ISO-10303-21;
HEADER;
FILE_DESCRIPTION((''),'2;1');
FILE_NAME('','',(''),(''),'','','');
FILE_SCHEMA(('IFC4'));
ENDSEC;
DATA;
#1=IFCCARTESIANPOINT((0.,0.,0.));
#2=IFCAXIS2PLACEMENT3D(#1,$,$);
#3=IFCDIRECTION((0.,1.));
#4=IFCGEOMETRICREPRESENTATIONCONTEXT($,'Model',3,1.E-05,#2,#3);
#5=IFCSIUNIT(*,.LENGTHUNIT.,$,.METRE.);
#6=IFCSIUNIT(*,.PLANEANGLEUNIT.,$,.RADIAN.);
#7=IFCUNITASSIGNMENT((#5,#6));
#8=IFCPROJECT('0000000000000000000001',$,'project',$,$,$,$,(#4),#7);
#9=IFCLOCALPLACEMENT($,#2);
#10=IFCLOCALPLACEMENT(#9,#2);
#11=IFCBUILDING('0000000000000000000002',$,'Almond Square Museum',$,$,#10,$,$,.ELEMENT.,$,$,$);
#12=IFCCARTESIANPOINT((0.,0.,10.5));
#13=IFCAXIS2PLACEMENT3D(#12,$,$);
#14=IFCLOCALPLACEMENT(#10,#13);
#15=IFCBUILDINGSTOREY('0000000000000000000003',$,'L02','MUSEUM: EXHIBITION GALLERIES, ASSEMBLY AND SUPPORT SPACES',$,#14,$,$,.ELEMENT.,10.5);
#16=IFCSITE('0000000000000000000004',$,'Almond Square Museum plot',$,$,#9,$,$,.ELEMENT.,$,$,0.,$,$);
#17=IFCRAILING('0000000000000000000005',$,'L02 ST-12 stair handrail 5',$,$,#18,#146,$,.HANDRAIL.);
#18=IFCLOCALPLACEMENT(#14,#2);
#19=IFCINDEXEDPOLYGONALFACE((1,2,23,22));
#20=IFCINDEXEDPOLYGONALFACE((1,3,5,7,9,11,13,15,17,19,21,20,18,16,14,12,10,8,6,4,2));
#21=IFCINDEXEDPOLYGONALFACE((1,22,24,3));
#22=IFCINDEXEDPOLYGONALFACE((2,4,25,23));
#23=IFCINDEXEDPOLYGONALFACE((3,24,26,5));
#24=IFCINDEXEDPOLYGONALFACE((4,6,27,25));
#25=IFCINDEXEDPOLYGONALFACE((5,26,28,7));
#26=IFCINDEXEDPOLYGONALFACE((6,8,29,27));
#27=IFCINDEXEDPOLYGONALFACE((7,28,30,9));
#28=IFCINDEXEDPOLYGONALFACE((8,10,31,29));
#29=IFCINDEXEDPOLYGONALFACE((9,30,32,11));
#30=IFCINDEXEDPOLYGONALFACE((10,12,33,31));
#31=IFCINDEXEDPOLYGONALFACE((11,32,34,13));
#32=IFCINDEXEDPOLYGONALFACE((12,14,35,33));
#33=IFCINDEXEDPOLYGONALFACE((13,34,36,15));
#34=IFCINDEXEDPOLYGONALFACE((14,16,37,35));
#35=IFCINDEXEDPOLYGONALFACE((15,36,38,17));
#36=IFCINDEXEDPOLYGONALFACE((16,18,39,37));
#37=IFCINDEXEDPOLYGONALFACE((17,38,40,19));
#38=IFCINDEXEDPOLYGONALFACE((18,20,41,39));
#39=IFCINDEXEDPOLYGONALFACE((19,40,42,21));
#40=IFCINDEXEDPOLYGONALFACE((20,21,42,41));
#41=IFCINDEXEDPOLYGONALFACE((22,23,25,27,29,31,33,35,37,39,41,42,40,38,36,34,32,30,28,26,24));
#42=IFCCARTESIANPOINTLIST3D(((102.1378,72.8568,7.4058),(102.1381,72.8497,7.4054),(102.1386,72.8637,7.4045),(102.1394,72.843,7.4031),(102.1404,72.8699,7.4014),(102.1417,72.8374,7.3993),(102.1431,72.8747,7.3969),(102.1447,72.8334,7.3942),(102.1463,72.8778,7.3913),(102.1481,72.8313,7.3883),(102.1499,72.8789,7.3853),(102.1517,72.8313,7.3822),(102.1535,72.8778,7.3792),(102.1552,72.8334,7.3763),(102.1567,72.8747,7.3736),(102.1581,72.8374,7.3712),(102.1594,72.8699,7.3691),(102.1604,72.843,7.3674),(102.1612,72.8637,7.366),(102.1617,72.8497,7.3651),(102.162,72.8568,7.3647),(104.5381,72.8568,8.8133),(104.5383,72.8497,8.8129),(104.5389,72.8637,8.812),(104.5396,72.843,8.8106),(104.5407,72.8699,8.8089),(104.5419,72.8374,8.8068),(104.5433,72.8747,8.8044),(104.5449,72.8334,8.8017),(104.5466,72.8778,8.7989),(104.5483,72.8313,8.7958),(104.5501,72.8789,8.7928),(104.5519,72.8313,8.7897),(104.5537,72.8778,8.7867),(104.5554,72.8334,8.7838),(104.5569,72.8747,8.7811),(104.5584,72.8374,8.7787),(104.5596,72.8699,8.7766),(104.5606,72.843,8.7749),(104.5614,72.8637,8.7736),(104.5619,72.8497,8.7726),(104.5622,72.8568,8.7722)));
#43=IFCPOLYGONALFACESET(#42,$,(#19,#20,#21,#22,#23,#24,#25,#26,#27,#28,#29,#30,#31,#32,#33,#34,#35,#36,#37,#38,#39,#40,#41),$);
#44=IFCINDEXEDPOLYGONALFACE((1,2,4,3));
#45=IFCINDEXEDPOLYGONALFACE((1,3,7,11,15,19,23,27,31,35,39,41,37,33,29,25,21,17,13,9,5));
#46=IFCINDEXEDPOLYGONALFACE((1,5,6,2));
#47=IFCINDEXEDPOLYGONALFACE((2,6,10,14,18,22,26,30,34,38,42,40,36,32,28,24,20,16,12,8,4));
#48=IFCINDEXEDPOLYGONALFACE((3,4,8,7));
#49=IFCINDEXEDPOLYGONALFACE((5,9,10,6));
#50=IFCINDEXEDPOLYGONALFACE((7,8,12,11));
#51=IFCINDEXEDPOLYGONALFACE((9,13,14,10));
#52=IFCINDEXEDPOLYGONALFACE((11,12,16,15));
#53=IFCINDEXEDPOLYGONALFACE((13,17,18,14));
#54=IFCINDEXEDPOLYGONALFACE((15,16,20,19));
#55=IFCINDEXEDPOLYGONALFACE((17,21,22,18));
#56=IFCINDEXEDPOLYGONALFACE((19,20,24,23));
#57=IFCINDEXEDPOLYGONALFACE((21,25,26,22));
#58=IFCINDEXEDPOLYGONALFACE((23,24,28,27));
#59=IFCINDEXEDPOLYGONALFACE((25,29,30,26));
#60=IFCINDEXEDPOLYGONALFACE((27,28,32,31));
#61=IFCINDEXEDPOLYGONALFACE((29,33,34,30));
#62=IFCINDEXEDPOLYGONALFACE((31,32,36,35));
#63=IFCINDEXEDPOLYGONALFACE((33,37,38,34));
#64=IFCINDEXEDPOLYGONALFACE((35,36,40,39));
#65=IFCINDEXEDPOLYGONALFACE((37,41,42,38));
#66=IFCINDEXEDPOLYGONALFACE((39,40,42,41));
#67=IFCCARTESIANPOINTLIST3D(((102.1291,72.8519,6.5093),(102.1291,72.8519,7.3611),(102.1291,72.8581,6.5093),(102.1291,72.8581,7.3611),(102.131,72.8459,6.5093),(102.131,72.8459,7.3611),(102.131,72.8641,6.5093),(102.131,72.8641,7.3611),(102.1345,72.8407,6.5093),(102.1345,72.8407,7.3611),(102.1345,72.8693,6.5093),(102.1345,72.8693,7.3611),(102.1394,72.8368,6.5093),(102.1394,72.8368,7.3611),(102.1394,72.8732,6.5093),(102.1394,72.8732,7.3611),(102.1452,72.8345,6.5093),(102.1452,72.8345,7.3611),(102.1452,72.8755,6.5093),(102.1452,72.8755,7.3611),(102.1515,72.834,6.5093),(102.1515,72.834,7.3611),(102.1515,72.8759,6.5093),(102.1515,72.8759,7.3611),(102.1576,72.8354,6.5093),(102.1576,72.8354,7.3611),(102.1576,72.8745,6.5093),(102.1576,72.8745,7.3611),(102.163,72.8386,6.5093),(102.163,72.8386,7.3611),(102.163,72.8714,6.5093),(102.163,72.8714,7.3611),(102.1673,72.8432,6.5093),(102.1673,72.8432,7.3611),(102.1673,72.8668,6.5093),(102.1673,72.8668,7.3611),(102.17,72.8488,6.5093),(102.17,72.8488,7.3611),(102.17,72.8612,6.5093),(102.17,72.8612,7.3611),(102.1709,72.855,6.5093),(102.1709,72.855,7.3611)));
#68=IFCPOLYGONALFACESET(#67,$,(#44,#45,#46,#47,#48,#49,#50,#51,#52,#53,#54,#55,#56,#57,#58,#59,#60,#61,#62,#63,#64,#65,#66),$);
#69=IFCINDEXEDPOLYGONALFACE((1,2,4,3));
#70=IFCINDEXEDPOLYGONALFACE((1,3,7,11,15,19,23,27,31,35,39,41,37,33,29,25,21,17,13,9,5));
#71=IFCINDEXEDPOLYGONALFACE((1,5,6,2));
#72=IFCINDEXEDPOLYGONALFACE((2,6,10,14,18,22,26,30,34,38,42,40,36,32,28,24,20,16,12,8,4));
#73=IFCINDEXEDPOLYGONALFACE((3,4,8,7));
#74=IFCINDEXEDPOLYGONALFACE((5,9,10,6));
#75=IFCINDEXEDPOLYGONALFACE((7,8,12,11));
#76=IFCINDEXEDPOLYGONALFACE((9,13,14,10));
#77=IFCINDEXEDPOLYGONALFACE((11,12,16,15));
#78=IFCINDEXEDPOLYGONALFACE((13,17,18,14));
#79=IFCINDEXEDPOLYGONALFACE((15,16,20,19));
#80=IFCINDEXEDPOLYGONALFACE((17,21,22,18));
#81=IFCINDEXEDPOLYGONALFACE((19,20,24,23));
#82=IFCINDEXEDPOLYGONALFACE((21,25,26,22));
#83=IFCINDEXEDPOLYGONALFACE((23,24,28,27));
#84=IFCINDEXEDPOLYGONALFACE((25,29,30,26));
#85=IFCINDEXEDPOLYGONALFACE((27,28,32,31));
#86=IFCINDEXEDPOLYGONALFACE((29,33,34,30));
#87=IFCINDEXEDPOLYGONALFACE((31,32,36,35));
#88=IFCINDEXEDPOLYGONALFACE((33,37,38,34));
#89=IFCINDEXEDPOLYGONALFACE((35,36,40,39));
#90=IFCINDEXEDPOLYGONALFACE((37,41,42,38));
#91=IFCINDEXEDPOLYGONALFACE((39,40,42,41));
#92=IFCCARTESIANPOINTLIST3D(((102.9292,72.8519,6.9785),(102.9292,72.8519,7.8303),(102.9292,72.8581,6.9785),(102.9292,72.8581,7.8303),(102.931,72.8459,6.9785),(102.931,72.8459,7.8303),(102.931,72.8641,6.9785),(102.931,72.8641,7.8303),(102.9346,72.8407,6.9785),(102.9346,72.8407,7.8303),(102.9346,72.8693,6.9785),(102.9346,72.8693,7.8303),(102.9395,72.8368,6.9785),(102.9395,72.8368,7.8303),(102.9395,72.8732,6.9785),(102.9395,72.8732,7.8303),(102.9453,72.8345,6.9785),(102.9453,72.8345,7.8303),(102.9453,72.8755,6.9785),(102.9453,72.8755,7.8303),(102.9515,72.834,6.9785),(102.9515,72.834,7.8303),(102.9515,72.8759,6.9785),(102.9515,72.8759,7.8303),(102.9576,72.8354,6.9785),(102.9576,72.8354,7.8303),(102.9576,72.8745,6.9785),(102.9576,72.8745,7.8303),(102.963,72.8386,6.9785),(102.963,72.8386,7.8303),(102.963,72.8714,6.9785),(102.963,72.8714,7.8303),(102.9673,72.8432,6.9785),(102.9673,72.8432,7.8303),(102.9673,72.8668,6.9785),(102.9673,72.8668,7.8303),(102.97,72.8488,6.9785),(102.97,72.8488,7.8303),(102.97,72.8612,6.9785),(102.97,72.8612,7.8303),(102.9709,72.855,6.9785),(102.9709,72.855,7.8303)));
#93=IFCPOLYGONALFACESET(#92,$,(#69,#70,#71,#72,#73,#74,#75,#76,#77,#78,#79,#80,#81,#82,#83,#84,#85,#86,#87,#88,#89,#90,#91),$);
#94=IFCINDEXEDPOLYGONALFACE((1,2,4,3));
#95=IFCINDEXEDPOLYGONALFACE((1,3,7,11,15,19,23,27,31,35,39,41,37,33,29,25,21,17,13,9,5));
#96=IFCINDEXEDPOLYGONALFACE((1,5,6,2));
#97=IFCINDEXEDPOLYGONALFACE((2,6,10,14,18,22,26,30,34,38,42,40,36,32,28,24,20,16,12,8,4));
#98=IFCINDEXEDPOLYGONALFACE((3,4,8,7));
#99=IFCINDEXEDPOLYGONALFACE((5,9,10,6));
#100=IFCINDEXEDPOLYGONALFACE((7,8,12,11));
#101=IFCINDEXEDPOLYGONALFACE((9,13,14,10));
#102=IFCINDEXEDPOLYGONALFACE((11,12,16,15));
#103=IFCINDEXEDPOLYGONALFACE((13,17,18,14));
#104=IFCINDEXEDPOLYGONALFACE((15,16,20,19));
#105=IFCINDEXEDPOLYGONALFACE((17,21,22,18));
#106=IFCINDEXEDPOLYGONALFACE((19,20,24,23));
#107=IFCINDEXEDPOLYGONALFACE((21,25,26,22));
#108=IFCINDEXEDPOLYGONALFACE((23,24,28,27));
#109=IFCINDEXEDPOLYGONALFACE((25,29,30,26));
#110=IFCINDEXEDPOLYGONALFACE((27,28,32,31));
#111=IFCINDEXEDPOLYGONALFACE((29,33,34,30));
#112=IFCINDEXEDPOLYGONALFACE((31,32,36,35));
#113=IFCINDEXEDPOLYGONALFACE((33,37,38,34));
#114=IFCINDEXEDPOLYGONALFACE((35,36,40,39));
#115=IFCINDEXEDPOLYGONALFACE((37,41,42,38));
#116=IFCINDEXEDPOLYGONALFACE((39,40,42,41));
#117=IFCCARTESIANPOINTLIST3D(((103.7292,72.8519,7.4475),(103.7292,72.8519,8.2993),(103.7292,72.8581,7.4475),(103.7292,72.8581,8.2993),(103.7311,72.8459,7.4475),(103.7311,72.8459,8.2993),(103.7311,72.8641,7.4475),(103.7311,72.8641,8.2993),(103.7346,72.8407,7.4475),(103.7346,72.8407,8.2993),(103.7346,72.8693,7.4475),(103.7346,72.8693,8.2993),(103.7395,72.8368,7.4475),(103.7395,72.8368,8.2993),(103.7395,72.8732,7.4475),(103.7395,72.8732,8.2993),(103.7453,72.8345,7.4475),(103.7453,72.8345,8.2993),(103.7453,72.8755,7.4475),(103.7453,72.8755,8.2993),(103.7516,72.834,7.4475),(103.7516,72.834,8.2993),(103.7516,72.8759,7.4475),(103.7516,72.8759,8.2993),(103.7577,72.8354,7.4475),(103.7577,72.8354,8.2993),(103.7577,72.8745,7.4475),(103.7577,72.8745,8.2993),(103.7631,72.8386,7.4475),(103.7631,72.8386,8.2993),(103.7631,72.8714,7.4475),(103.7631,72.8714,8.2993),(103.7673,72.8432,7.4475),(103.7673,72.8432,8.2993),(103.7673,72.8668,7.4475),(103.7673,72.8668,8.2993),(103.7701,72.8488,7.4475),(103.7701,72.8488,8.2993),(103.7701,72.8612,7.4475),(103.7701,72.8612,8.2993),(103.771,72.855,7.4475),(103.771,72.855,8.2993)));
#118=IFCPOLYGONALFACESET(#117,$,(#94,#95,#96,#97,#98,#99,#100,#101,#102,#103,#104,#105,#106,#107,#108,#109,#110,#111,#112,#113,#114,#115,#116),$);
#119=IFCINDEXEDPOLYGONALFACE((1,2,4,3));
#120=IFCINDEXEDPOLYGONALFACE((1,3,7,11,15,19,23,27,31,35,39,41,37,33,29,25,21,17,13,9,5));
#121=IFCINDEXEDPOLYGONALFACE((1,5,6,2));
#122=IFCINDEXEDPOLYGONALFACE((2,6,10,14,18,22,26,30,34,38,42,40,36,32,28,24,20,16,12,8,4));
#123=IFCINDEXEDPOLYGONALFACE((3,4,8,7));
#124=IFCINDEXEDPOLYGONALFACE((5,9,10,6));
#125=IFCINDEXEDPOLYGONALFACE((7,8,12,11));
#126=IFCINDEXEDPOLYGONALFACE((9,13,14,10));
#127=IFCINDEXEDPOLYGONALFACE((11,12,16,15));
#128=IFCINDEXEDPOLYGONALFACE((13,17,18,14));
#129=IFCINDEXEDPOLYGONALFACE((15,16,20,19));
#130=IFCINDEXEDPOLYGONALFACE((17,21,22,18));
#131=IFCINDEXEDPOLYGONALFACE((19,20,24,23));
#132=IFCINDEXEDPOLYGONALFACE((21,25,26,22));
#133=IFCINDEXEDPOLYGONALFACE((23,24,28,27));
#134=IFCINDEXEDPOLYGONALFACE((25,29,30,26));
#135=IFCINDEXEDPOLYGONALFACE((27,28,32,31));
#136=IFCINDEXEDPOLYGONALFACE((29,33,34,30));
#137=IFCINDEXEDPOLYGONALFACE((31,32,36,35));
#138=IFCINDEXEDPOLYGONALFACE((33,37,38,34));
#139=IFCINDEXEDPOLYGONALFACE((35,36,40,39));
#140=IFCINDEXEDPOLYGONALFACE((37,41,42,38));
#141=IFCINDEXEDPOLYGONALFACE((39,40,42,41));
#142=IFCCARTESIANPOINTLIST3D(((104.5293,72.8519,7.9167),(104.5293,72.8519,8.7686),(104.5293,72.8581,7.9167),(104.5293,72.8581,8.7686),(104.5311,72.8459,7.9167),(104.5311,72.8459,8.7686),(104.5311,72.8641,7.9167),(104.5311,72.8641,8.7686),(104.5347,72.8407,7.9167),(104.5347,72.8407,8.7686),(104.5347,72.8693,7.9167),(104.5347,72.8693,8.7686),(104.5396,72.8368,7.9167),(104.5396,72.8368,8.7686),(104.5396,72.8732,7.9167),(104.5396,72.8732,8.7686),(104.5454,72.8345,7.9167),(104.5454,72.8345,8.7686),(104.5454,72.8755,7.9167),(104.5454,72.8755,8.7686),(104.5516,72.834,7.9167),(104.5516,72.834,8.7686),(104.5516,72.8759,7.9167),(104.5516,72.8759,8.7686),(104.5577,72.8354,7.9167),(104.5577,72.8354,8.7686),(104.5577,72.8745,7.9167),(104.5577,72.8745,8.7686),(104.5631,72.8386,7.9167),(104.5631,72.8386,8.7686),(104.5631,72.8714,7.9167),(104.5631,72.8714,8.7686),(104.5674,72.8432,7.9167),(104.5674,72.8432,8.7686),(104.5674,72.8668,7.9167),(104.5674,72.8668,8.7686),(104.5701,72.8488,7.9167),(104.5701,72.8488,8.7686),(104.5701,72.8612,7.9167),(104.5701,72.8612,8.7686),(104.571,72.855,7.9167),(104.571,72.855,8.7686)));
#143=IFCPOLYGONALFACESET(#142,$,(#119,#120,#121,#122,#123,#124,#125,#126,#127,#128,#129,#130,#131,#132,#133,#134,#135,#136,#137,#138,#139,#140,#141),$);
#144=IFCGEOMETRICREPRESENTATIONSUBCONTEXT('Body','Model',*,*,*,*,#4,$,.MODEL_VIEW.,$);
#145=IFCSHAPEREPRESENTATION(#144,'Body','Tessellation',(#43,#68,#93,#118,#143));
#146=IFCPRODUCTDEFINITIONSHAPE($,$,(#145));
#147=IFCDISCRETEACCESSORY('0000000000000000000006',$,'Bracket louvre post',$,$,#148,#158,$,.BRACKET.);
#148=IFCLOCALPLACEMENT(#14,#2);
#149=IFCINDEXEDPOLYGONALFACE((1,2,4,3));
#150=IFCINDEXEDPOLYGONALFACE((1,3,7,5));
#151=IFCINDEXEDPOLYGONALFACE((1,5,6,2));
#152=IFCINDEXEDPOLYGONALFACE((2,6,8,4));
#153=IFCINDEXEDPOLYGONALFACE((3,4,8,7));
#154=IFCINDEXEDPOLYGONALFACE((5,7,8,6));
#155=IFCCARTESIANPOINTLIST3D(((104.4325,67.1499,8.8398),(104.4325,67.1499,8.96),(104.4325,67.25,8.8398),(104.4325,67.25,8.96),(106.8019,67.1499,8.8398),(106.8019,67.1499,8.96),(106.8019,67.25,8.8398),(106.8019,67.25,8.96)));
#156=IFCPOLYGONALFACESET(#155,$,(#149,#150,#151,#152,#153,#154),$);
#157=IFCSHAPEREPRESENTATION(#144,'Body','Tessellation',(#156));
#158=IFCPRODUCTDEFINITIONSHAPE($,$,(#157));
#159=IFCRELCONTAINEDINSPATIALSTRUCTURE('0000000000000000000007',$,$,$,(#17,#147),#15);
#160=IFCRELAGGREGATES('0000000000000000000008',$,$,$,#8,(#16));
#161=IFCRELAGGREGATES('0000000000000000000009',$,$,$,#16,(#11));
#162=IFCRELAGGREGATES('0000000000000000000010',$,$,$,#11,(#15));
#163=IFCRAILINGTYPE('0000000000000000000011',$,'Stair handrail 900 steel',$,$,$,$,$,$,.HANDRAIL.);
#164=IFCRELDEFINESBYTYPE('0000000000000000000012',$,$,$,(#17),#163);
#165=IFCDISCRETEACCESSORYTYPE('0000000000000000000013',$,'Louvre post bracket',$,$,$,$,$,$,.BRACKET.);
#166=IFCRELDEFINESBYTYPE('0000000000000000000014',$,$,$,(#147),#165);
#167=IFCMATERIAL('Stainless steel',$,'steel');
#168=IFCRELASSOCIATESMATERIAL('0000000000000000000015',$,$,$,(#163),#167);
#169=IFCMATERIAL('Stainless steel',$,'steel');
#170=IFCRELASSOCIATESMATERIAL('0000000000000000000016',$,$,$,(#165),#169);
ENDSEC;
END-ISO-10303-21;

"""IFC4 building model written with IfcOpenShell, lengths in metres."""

from ifc_helpers import new_model, si_unit, direction, frame, origin, origin_2d, place, context, subcontext, project, spatial, rectangle, circle, extrude, material, type_object, element, save


model = new_model("IFC4")

# Units and contexts
model_context = context("Model", 3, precision=1e-05, world=origin(), true_north=direction((0.0, 1.0)))
body_context = subcontext(model_context, "Body", "Model", "MODEL_VIEW")
ifc_project = project(units=[si_unit("LENGTHUNIT", "METRE"), si_unit("PLANEANGLEUNIT", "RADIAN")], contexts=[model_context])

# Site, building, storey
site_placement = place(None, origin())
site = spatial("IfcSite", under=ifc_project, at=site_placement, Name="Almond Square Museum plot", CompositionType="ELEMENT", RefElevation=0.0)
building_placement = place(site_placement, origin())
building = spatial("IfcBuilding", under=site, at=building_placement, Name="Almond Square Museum", CompositionType="ELEMENT")
storey_placement = place(building_placement, frame((0.0, 0.0, 10.5)))
storey = spatial("IfcBuildingStorey", under=building, at=storey_placement, Name="L02", Description="MUSEUM: EXHIBITION GALLERIES, ASSEMBLY AND SUPPORT SPACES", CompositionType="ELEMENT", Elevation=10.5)

# Railing
ifc_material_1 = material(Name="Stainless steel", Category="steel")
railing_type_1 = type_object("IfcRailingType", Name="Stair handrail 900 steel", PredefinedType="HANDRAIL", material=ifc_material_1)
for number, where, name in (
    (1, (102.1499, 72.855, 6.5093), "L02 ST-12 stair handrail 5"),
):
    element("IfcRailing", number, at=place(storey_placement, frame(where)), inside=storey, type_object=railing_type_1, Name=name, PredefinedType="HANDRAIL", context=body_context, shape_type="SweptSolid", body=[
        extrude(circle(Radius=0.0239, at=origin_2d()), frame((0.0, 0.0, 0.876), z_axis=(0.862621, 0.0, 0.50585), x_axis=(0.0, 1.0, 0.0)), (0.0, 0.0, 1.0), 2.7825),
        extrude(circle(Radius=0.021, at=origin_2d()), origin(), (0.0, 0.0, 1.0), 0.8518),
        extrude(circle(Radius=0.021, at=origin_2d()), frame((0.8, 0.0, 0.4692)), (0.0, 0.0, 1.0), 0.8518),
        extrude(circle(Radius=0.021, at=origin_2d()), frame((1.6001, 0.0, 0.9382)), (0.0, 0.0, 1.0), 0.8518),
        extrude(circle(Radius=0.021, at=origin_2d()), frame((2.4001, 0.0, 1.4075)), (0.0, 0.0, 1.0), 0.8518),
    ])

# Discrete accessory
ifc_material_2 = material(Name="Stainless steel", Category="steel")
discrete_accessory_type = type_object("IfcDiscreteAccessoryType", Name="Louvre post bracket", PredefinedType="BRACKET", material=ifc_material_2)
discrete_accessory_placement = place(storey_placement, frame((105.6172, 67.2, 8.8398), z_axis=(0.0, 0.0, 1.0), x_axis=(1.0, 0.0, 0.0)))
element("IfcDiscreteAccessory", 2, at=discrete_accessory_placement, inside=storey, type_object=discrete_accessory_type, Name="Bracket louvre post", PredefinedType="BRACKET", context=body_context, shape_type="SweptSolid", body=[
    extrude(rectangle(XDim=2.3694, YDim=0.1001, at=origin_2d()), origin(), (0.0, 0.0, 1.0), 0.1201),
])

save(model, "model.ifc")
